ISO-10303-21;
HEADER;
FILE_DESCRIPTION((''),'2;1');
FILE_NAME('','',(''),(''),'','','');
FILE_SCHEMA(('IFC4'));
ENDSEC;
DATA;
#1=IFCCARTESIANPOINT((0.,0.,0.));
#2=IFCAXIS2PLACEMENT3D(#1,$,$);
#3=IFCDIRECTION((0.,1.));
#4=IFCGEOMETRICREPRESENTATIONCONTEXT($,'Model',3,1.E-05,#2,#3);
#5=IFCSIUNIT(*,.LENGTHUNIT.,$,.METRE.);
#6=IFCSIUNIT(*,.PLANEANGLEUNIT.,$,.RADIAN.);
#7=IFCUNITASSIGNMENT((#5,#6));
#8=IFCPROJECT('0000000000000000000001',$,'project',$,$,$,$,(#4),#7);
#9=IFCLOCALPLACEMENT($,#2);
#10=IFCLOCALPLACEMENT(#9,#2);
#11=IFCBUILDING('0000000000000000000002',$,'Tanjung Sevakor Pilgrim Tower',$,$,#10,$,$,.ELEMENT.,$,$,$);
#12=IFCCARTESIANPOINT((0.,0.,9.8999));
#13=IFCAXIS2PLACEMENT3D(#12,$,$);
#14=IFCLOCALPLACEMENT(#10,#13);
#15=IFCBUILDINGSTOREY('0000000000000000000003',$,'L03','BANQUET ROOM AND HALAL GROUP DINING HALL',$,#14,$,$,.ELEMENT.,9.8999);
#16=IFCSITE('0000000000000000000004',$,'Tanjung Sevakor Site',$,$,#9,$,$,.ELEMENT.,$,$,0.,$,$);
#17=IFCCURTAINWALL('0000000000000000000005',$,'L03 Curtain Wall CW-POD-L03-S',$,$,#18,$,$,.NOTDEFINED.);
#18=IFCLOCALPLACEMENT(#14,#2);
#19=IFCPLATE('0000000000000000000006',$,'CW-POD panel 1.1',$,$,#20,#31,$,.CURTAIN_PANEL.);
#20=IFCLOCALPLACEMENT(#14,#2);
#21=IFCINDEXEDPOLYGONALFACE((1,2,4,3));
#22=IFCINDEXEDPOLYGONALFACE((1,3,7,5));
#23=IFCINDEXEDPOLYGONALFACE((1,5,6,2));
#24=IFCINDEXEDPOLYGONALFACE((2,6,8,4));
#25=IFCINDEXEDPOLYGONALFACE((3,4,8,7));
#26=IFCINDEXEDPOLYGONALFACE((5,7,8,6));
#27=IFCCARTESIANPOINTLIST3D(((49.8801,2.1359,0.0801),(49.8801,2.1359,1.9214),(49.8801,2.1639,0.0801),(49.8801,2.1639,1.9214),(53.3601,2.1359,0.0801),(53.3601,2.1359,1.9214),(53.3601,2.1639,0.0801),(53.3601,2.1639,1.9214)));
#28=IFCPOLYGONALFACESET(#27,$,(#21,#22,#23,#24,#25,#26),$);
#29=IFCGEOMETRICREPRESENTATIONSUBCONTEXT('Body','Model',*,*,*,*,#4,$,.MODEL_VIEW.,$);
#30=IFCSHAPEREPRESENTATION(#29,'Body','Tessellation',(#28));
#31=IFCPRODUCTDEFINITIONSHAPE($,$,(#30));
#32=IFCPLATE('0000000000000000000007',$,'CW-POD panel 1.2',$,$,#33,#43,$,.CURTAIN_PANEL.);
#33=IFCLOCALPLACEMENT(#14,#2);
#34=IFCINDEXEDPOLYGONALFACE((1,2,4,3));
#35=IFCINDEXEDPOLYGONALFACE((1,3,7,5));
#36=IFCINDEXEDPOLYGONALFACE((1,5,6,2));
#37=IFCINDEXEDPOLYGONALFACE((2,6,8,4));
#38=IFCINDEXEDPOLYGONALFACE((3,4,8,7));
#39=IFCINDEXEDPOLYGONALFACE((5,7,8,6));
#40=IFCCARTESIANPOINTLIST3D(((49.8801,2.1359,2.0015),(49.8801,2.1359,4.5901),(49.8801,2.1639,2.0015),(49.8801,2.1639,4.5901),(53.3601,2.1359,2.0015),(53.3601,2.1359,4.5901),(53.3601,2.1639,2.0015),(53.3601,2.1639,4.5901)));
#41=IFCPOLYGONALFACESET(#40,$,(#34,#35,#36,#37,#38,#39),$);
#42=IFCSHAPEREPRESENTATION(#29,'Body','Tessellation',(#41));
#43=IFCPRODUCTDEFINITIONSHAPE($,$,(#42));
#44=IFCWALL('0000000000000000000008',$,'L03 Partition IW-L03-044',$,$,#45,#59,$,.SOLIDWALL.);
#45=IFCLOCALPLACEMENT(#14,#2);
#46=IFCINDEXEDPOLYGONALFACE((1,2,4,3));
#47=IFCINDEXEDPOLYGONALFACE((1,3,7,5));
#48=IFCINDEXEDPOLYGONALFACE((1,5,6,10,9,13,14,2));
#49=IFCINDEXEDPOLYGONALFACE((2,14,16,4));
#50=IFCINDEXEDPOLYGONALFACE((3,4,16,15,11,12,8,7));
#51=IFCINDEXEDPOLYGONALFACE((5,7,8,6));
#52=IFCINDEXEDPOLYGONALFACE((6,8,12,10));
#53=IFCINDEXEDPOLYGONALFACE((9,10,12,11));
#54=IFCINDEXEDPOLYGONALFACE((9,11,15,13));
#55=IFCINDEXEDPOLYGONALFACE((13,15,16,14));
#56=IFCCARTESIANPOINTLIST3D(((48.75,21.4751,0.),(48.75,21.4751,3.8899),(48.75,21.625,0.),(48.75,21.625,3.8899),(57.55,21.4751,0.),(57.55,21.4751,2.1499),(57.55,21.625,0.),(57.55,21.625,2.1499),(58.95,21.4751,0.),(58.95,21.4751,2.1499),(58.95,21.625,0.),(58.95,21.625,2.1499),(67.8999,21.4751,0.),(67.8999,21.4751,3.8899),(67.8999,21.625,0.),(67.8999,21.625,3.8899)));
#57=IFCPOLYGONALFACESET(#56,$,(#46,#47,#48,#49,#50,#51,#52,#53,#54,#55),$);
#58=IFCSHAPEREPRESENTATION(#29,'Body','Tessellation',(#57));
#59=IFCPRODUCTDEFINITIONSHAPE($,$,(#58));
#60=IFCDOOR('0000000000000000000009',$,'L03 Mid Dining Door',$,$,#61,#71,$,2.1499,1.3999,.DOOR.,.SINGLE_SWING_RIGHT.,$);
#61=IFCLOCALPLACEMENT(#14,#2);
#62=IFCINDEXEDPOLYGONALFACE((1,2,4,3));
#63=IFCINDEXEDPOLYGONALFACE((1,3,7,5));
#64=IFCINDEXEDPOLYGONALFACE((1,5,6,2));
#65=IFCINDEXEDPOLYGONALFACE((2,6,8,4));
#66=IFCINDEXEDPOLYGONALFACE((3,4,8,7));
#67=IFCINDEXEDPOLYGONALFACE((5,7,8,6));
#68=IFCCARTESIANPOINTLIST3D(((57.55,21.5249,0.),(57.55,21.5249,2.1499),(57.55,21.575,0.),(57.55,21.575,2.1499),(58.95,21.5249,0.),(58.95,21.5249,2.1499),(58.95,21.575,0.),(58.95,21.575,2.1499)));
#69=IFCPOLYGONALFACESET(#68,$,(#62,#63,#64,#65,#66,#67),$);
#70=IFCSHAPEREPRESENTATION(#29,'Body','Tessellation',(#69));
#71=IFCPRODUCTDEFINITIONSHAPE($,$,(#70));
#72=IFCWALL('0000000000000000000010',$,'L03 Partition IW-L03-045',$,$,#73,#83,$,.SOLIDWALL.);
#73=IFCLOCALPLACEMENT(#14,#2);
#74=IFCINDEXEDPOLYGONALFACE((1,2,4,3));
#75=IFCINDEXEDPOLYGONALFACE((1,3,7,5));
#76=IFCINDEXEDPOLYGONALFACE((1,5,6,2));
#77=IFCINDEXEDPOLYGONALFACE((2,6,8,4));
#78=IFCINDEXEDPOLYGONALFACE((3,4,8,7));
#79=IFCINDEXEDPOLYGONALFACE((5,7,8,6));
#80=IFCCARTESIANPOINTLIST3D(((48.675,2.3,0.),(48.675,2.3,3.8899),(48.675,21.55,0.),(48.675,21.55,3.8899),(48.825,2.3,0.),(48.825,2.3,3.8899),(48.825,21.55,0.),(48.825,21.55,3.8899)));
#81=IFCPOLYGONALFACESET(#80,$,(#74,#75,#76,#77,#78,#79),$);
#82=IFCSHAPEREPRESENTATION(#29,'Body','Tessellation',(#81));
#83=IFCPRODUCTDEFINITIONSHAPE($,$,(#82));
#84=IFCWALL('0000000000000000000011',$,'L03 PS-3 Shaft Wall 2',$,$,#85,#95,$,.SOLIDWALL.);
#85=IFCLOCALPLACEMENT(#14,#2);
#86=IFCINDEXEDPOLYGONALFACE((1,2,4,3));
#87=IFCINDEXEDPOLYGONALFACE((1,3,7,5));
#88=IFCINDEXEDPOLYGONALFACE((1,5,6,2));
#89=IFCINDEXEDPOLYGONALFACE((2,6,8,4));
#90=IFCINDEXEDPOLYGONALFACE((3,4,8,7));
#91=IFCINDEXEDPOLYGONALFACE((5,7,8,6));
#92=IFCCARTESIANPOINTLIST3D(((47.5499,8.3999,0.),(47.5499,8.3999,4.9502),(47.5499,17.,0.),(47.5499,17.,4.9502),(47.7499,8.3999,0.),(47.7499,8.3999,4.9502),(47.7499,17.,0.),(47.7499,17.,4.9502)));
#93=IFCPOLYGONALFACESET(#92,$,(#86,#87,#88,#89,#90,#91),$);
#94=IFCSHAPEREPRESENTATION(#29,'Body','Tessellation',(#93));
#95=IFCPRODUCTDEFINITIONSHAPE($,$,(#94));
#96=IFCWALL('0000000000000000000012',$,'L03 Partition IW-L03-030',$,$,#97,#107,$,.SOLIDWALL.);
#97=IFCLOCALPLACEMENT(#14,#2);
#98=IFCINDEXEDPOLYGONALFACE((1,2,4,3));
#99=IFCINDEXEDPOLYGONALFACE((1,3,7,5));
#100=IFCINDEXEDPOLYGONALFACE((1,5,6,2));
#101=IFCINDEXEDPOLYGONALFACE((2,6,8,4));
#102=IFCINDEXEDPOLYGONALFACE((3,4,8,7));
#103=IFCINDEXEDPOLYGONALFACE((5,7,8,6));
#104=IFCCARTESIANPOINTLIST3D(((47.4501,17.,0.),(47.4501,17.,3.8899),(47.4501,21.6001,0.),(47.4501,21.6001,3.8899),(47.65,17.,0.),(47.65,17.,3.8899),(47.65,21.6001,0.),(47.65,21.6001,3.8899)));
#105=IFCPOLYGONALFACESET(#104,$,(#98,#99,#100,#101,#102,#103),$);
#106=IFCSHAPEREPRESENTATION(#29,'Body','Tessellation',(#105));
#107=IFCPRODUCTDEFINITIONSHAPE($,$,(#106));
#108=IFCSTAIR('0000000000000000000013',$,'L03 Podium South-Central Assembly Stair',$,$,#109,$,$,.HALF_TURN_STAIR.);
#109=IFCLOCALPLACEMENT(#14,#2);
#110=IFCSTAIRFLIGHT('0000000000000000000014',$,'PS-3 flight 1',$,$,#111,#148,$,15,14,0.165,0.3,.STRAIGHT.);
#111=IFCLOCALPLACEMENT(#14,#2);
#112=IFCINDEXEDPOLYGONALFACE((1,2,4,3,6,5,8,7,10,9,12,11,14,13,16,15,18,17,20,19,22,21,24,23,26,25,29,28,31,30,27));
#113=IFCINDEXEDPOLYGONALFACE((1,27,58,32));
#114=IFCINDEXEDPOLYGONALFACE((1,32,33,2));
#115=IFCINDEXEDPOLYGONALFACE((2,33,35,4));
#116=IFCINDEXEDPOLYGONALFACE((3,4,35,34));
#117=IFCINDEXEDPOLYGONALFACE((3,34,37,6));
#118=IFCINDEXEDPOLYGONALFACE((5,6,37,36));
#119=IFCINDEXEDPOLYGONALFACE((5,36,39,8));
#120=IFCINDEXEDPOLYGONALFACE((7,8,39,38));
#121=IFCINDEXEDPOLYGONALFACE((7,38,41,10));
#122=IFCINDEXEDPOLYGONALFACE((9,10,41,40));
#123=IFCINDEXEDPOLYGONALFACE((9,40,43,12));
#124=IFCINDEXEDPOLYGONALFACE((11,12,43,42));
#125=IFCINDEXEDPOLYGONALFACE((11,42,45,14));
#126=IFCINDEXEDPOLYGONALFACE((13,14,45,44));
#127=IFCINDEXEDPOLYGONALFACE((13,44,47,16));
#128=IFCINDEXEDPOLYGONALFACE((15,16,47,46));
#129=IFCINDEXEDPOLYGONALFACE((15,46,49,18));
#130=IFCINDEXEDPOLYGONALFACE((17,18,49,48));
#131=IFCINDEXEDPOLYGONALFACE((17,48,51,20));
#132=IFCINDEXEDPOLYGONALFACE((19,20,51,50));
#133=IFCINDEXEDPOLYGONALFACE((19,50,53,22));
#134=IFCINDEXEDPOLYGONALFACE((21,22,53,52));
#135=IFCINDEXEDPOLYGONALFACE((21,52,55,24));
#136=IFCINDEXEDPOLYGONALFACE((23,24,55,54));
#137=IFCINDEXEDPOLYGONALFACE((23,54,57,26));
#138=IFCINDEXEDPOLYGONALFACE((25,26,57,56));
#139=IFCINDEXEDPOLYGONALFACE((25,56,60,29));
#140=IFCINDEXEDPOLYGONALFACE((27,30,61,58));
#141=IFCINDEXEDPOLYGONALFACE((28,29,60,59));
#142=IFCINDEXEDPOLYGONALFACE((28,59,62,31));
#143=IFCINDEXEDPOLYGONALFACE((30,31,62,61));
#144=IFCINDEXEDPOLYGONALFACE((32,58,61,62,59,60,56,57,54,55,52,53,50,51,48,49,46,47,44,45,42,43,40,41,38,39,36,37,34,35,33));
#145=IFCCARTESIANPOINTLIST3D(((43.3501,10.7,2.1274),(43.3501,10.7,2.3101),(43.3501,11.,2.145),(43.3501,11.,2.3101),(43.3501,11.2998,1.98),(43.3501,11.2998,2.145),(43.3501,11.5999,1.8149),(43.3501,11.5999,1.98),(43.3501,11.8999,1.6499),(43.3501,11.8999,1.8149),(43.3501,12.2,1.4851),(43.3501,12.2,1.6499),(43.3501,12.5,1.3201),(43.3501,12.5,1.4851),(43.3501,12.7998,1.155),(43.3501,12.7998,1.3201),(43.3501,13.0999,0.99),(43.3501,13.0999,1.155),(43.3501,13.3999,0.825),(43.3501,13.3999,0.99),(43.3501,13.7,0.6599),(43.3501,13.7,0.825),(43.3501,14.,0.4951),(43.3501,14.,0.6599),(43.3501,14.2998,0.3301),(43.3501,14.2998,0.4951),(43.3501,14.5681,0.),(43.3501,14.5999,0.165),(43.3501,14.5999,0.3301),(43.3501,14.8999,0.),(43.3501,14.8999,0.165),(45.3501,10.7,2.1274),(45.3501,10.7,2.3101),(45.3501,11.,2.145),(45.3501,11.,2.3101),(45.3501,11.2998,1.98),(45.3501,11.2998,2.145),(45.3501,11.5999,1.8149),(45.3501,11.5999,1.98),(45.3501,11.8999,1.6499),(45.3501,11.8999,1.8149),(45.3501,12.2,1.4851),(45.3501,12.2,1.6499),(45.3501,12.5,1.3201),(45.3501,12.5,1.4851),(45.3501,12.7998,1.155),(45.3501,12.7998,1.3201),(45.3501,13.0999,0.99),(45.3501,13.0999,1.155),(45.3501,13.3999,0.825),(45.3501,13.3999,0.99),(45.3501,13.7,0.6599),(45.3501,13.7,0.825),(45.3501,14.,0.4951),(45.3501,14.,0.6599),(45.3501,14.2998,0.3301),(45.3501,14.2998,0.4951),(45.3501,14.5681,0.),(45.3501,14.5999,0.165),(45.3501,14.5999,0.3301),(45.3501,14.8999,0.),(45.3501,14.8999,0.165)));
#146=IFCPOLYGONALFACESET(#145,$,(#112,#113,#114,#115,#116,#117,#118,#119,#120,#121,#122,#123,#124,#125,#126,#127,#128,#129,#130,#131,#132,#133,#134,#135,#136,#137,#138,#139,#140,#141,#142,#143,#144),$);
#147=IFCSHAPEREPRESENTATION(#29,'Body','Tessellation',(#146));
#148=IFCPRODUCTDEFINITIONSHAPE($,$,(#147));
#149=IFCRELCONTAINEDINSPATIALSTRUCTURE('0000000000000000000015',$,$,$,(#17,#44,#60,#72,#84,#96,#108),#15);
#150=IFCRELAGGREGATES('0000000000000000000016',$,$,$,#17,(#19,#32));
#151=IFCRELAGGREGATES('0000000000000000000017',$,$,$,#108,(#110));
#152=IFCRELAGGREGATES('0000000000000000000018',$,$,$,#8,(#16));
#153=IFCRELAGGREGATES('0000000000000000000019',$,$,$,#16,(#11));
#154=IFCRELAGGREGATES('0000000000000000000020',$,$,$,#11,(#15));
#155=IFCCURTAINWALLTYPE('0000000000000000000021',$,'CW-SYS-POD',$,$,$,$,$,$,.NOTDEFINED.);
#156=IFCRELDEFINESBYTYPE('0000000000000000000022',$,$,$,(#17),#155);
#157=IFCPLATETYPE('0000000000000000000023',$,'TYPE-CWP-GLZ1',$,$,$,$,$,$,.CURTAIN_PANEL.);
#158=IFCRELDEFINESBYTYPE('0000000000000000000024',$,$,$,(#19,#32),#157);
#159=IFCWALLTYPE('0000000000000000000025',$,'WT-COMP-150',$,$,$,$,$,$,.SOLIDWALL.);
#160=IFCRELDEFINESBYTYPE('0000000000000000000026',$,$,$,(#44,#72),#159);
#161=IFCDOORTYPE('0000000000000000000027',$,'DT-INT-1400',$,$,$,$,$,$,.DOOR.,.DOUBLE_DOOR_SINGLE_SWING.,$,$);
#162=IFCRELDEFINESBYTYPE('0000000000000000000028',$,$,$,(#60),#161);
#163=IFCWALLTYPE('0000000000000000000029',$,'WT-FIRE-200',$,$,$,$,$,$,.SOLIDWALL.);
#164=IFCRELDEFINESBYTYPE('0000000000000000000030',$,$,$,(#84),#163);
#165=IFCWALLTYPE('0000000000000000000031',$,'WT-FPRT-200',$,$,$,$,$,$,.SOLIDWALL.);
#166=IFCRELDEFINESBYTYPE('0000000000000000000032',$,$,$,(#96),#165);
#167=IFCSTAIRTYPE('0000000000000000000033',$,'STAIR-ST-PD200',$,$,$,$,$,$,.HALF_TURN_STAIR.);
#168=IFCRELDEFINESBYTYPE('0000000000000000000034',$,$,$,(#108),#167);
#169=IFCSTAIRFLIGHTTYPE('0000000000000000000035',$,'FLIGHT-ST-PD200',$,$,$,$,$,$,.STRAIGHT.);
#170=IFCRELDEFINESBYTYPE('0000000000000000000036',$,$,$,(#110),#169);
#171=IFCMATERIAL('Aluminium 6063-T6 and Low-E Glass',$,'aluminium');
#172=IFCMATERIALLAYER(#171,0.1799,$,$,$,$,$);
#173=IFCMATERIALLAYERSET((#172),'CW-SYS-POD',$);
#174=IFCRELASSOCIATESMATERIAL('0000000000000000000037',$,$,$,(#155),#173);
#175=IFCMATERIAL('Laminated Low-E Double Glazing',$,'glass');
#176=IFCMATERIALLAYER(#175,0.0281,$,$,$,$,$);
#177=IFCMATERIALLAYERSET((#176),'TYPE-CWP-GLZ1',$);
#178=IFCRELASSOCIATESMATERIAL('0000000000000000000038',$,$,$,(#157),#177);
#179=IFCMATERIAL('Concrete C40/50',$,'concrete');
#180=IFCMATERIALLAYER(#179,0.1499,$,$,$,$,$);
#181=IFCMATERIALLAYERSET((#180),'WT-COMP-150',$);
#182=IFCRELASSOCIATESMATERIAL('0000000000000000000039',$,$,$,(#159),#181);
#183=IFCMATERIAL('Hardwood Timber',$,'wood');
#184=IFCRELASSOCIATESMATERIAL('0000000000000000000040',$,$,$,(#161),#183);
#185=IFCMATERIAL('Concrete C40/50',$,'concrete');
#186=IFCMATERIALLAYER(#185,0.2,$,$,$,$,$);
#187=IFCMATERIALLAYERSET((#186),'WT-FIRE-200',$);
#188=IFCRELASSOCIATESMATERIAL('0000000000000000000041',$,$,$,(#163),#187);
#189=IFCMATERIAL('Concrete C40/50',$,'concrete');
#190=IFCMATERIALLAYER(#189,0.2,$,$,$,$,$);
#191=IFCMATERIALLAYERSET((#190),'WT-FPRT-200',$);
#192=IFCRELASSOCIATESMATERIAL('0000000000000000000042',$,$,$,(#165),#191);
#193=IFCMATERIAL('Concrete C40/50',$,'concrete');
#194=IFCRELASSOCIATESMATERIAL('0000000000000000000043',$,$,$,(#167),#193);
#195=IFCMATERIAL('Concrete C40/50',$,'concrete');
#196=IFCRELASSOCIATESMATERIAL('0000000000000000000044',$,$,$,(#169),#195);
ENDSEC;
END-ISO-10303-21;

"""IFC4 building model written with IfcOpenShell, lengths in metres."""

from ifc_helpers import new_model, si_unit, direction, frame, frame_2d, origin, origin_2d, place, context, subcontext, project, spatial, polyline, rectangle, outline, extrude, material, layer, layer_set, type_object, element, fill, aggregate, save


model = new_model("IFC4")

# Units and contexts
model_context = context("Model", 3, precision=1e-05, world=origin(), true_north=direction((0.0, 1.0)))
body_context = subcontext(model_context, "Body", "Model", "MODEL_VIEW")
ifc_project = project(units=[si_unit("LENGTHUNIT", "METRE"), si_unit("PLANEANGLEUNIT", "RADIAN")], contexts=[model_context])

# Site, building, storey
site_placement = place(None, origin())
site = spatial("IfcSite", under=ifc_project, at=site_placement, Name="Tanjung Sevakor Site", CompositionType="ELEMENT", RefElevation=0.0)
building_placement = place(site_placement, origin())
building = spatial("IfcBuilding", under=site, at=building_placement, Name="Tanjung Sevakor Pilgrim Tower", CompositionType="ELEMENT")
storey_placement = place(building_placement, frame((0.0, 0.0, 9.8999)))
storey = spatial("IfcBuildingStorey", under=building, at=storey_placement, Name="L03", Description="BANQUET ROOM AND HALAL GROUP DINING HALL", CompositionType="ELEMENT", Elevation=9.8999)

# Curtain wall, plates
ifc_material_1 = material(Name="Aluminium 6063-T6 and Low-E Glass", Category="aluminium")
ifc_layer_1 = layer(ifc_material_1, 0.1799)
ifc_layer_set_1 = layer_set([ifc_layer_1], Name="CW-SYS-POD")
curtain_wall_type = type_object("IfcCurtainWallType", Name="CW-SYS-POD", PredefinedType="NOTDEFINED", material=ifc_layer_set_1)
curtain_wall_placement = place(storey_placement, origin())
curtain_wall = element("IfcCurtainWall", 1, at=curtain_wall_placement, inside=storey, type_object=curtain_wall_type, Name="L03 Curtain Wall CW-POD-L03-S", PredefinedType="NOTDEFINED")
ifc_material_2 = material(Name="Laminated Low-E Double Glazing", Category="glass")
ifc_layer_2 = layer(ifc_material_2, 0.0281)
ifc_layer_set_2 = layer_set([ifc_layer_2], Name="TYPE-CWP-GLZ1")
plate_type = type_object("IfcPlateType", Name="TYPE-CWP-GLZ1", PredefinedType="CURTAIN_PANEL", material=ifc_layer_set_2)
plate_1_placement = place(storey_placement, frame((51.6201, 2.1499, 0.0801), z_axis=(0.0, 0.0, 1.0), x_axis=(1.0, 0.0, 0.0)))
plate_1 = element("IfcPlate", 2, at=plate_1_placement, type_object=plate_type, Name="CW-POD panel 1.1", PredefinedType="CURTAIN_PANEL", context=body_context, shape_type="SweptSolid", body=[
    extrude(rectangle(XDim=3.48, YDim=0.0281, at=origin_2d()), origin(), (0.0, 0.0, 1.0), 1.8413),
])
plate_2_placement = place(storey_placement, frame((51.6201, 2.1499, 2.0015), z_axis=(0.0, 0.0, 1.0), x_axis=(1.0, 0.0, 0.0)))
plate_2 = element("IfcPlate", 3, at=plate_2_placement, type_object=plate_type, Name="CW-POD panel 1.2", PredefinedType="CURTAIN_PANEL", context=body_context, shape_type="SweptSolid", body=[
    extrude(rectangle(XDim=3.48, YDim=0.0281, at=origin_2d()), origin(), (0.0, 0.0, 1.0), 2.5886),
])
aggregate(curtain_wall, [plate_1, plate_2])

# Wall, opening, door
ifc_material_3 = material(Name="Concrete C40/50", Category="concrete")
ifc_layer_3 = layer(ifc_material_3, 0.1499)
ifc_layer_set_3 = layer_set([ifc_layer_3], Name="WT-COMP-150")
wall_type_1 = type_object("IfcWallType", Name="WT-COMP-150", PredefinedType="SOLIDWALL", material=ifc_layer_set_3)
wall_1_placement = place(storey_placement, frame((48.75, 21.55, 0.0), z_axis=(0.0, 0.0, 1.0), x_axis=(1.0, 0.0, 0.0)))
wall_1 = element("IfcWall", 4, at=wall_1_placement, inside=storey, type_object=wall_type_1, Name="L03 Partition IW-L03-044", PredefinedType="SOLIDWALL", context=body_context, shape_type="SweptSolid", body=[
    extrude(rectangle(XDim=19.1499, YDim=0.1499, at=frame_2d((9.575, 0.0))), origin(), (0.0, 0.0, 1.0), 3.8899),
])
opening_1_placement = place(wall_1_placement, frame((8.8, 0.0, 0.0)))
opening_1 = element("IfcOpeningElement", 5, at=opening_1_placement, cuts=wall_1, PredefinedType="OPENING", context=body_context, shape_type="SweptSolid", body=[
    extrude(rectangle(XDim=1.3999, YDim=2.1499, at=frame_2d((0.7, 1.075))), frame((0.0, 0.085, 0.0), z_axis=(0.0, -1.0, 0.0), x_axis=(1.0, 0.0, 0.0)), (0.0, 0.0, 1.0), 0.1699),
])
ifc_material_4 = material(Name="Hardwood Timber", Category="wood")
door_type_1 = type_object("IfcDoorType", Name="DT-INT-1400", OperationType="DOUBLE_DOOR_SINGLE_SWING", PredefinedType="DOOR", material=ifc_material_4)
door_1_placement = place(opening_1_placement, origin())
door_1 = element("IfcDoor", 6, at=door_1_placement, inside=storey, type_object=door_type_1, Name="L03 Mid Dining Door", OperationType="SINGLE_SWING_RIGHT", OverallHeight=2.1499, OverallWidth=1.3999, PredefinedType="DOOR", context=body_context, shape_type="SweptSolid", body=[
    extrude(rectangle(XDim=1.3999, YDim=2.1499, at=frame_2d((0.7, 1.075))), frame((0.0, 0.0249, 0.0), z_axis=(0.0, -1.0, 0.0), x_axis=(1.0, 0.0, 0.0)), (0.0, 0.0, 1.0), 0.05),
])
fill(opening_1, door_1)

# Walls
wall_2_placement = place(storey_placement, frame((48.75, 2.3, 0.0), z_axis=(0.0, 0.0, 1.0), x_axis=(0.0, 1.0, 0.0)))
element("IfcWall", 7, at=wall_2_placement, inside=storey, type_object=wall_type_1, Name="L03 Partition IW-L03-045", PredefinedType="SOLIDWALL", context=body_context, shape_type="SweptSolid", body=[
    extrude(rectangle(XDim=19.25, YDim=0.1499, at=frame_2d((9.625, 0.0))), origin(), (0.0, 0.0, 1.0), 3.8899),
])
ifc_material_5 = material(Name="Concrete C40/50", Category="concrete")
ifc_layer_4 = layer(ifc_material_5, 0.2)
ifc_layer_set_4 = layer_set([ifc_layer_4], Name="WT-FIRE-200")
wall_type_2 = type_object("IfcWallType", Name="WT-FIRE-200", PredefinedType="SOLIDWALL", material=ifc_layer_set_4)
wall_3_placement = place(storey_placement, frame((47.6499, 8.3999, 0.0), z_axis=(0.0, 0.0, 1.0), x_axis=(0.0, 1.0, 0.0)))
element("IfcWall", 8, at=wall_3_placement, inside=storey, type_object=wall_type_2, Name="L03 PS-3 Shaft Wall 2", PredefinedType="SOLIDWALL", context=body_context, shape_type="SweptSolid", body=[
    extrude(rectangle(XDim=8.6001, YDim=0.2, at=frame_2d((4.3, 0.0))), origin(), (0.0, 0.0, 1.0), 4.9502),
])

# Wall
ifc_material_6 = material(Name="Concrete C40/50", Category="concrete")
ifc_layer_5 = layer(ifc_material_6, 0.2)
ifc_layer_set_5 = layer_set([ifc_layer_5], Name="WT-FPRT-200")
wall_type_3 = type_object("IfcWallType", Name="WT-FPRT-200", PredefinedType="SOLIDWALL", material=ifc_layer_set_5)
wall_4_placement = place(storey_placement, frame((47.55, 17.0, 0.0), z_axis=(0.0, 0.0, 1.0), x_axis=(0.0, 1.0, 0.0)))
element("IfcWall", 9, at=wall_4_placement, inside=storey, type_object=wall_type_3, Name="L03 Partition IW-L03-030", PredefinedType="SOLIDWALL", context=body_context, shape_type="SweptSolid", body=[
    extrude(rectangle(XDim=4.6001, YDim=0.2, at=frame_2d((2.3, 0.0))), origin(), (0.0, 0.0, 1.0), 3.8899),
])

# Stair, stair flight
ifc_material_7 = material(Name="Concrete C40/50", Category="concrete")
stair_type = type_object("IfcStairType", Name="STAIR-ST-PD200", PredefinedType="HALF_TURN_STAIR", material=ifc_material_7)
stair_placement = place(storey_placement, origin())
stair = element("IfcStair", 10, at=stair_placement, inside=storey, type_object=stair_type, Name="L03 Podium South-Central Assembly Stair", PredefinedType="HALF_TURN_STAIR")
ifc_material_8 = material(Name="Concrete C40/50", Category="concrete")
stair_flight_type = type_object("IfcStairFlightType", Name="FLIGHT-ST-PD200", PredefinedType="STRAIGHT", material=ifc_material_8)
stair_flight_1_placement = place(storey_placement, frame((44.3501, 14.8999, 0.0), z_axis=(0.0, 0.0, 1.0), x_axis=(0.0, -1.0, 0.0)))
stair_flight_1 = element("IfcStairFlight", 11, at=stair_flight_1_placement, type_object=stair_flight_type, Name="PS-3 flight 1", NumberOfRisers=15, NumberOfTreads=14, PredefinedType="STRAIGHT", RiserHeight=0.165, TreadLength=0.3, context=body_context, shape_type="SweptSolid", body=[
    extrude(outline(polyline([(0.0, 0.0), (0.0, 0.165), (0.3, 0.165), (0.3, 0.3301), (0.6001, 0.3301), (0.6001, 0.4951), (0.8999, 0.4951), (0.8999, 0.6599), (1.2, 0.6599), (1.2, 0.825), (1.5, 0.825), (1.5, 0.99), (1.8, 0.99), (1.8, 1.155), (2.1001, 1.155), (2.1001, 1.3201), (2.3999, 1.3201), (2.3999, 1.4851), (2.7, 1.4851), (2.7, 1.6499), (3.0, 1.6499), (3.0, 1.8149), (3.3, 1.8149), (3.3, 1.98), (3.6001, 1.98), (3.6001, 2.145), (3.8999, 2.145), (3.8999, 2.3101), (4.2, 2.3101), (4.2, 2.4751), (4.2, 2.1274), (0.3318, 0.0), (0.0, 0.0)])), frame((0.0, 1.0, 0.0), z_axis=(0.0, -1.0, 0.0), x_axis=(1.0, 0.0, 0.0)), (0.0, 0.0, 1.0), 2.0),
])
aggregate(stair, [stair_flight_1])

save(model, "model.ifc")
